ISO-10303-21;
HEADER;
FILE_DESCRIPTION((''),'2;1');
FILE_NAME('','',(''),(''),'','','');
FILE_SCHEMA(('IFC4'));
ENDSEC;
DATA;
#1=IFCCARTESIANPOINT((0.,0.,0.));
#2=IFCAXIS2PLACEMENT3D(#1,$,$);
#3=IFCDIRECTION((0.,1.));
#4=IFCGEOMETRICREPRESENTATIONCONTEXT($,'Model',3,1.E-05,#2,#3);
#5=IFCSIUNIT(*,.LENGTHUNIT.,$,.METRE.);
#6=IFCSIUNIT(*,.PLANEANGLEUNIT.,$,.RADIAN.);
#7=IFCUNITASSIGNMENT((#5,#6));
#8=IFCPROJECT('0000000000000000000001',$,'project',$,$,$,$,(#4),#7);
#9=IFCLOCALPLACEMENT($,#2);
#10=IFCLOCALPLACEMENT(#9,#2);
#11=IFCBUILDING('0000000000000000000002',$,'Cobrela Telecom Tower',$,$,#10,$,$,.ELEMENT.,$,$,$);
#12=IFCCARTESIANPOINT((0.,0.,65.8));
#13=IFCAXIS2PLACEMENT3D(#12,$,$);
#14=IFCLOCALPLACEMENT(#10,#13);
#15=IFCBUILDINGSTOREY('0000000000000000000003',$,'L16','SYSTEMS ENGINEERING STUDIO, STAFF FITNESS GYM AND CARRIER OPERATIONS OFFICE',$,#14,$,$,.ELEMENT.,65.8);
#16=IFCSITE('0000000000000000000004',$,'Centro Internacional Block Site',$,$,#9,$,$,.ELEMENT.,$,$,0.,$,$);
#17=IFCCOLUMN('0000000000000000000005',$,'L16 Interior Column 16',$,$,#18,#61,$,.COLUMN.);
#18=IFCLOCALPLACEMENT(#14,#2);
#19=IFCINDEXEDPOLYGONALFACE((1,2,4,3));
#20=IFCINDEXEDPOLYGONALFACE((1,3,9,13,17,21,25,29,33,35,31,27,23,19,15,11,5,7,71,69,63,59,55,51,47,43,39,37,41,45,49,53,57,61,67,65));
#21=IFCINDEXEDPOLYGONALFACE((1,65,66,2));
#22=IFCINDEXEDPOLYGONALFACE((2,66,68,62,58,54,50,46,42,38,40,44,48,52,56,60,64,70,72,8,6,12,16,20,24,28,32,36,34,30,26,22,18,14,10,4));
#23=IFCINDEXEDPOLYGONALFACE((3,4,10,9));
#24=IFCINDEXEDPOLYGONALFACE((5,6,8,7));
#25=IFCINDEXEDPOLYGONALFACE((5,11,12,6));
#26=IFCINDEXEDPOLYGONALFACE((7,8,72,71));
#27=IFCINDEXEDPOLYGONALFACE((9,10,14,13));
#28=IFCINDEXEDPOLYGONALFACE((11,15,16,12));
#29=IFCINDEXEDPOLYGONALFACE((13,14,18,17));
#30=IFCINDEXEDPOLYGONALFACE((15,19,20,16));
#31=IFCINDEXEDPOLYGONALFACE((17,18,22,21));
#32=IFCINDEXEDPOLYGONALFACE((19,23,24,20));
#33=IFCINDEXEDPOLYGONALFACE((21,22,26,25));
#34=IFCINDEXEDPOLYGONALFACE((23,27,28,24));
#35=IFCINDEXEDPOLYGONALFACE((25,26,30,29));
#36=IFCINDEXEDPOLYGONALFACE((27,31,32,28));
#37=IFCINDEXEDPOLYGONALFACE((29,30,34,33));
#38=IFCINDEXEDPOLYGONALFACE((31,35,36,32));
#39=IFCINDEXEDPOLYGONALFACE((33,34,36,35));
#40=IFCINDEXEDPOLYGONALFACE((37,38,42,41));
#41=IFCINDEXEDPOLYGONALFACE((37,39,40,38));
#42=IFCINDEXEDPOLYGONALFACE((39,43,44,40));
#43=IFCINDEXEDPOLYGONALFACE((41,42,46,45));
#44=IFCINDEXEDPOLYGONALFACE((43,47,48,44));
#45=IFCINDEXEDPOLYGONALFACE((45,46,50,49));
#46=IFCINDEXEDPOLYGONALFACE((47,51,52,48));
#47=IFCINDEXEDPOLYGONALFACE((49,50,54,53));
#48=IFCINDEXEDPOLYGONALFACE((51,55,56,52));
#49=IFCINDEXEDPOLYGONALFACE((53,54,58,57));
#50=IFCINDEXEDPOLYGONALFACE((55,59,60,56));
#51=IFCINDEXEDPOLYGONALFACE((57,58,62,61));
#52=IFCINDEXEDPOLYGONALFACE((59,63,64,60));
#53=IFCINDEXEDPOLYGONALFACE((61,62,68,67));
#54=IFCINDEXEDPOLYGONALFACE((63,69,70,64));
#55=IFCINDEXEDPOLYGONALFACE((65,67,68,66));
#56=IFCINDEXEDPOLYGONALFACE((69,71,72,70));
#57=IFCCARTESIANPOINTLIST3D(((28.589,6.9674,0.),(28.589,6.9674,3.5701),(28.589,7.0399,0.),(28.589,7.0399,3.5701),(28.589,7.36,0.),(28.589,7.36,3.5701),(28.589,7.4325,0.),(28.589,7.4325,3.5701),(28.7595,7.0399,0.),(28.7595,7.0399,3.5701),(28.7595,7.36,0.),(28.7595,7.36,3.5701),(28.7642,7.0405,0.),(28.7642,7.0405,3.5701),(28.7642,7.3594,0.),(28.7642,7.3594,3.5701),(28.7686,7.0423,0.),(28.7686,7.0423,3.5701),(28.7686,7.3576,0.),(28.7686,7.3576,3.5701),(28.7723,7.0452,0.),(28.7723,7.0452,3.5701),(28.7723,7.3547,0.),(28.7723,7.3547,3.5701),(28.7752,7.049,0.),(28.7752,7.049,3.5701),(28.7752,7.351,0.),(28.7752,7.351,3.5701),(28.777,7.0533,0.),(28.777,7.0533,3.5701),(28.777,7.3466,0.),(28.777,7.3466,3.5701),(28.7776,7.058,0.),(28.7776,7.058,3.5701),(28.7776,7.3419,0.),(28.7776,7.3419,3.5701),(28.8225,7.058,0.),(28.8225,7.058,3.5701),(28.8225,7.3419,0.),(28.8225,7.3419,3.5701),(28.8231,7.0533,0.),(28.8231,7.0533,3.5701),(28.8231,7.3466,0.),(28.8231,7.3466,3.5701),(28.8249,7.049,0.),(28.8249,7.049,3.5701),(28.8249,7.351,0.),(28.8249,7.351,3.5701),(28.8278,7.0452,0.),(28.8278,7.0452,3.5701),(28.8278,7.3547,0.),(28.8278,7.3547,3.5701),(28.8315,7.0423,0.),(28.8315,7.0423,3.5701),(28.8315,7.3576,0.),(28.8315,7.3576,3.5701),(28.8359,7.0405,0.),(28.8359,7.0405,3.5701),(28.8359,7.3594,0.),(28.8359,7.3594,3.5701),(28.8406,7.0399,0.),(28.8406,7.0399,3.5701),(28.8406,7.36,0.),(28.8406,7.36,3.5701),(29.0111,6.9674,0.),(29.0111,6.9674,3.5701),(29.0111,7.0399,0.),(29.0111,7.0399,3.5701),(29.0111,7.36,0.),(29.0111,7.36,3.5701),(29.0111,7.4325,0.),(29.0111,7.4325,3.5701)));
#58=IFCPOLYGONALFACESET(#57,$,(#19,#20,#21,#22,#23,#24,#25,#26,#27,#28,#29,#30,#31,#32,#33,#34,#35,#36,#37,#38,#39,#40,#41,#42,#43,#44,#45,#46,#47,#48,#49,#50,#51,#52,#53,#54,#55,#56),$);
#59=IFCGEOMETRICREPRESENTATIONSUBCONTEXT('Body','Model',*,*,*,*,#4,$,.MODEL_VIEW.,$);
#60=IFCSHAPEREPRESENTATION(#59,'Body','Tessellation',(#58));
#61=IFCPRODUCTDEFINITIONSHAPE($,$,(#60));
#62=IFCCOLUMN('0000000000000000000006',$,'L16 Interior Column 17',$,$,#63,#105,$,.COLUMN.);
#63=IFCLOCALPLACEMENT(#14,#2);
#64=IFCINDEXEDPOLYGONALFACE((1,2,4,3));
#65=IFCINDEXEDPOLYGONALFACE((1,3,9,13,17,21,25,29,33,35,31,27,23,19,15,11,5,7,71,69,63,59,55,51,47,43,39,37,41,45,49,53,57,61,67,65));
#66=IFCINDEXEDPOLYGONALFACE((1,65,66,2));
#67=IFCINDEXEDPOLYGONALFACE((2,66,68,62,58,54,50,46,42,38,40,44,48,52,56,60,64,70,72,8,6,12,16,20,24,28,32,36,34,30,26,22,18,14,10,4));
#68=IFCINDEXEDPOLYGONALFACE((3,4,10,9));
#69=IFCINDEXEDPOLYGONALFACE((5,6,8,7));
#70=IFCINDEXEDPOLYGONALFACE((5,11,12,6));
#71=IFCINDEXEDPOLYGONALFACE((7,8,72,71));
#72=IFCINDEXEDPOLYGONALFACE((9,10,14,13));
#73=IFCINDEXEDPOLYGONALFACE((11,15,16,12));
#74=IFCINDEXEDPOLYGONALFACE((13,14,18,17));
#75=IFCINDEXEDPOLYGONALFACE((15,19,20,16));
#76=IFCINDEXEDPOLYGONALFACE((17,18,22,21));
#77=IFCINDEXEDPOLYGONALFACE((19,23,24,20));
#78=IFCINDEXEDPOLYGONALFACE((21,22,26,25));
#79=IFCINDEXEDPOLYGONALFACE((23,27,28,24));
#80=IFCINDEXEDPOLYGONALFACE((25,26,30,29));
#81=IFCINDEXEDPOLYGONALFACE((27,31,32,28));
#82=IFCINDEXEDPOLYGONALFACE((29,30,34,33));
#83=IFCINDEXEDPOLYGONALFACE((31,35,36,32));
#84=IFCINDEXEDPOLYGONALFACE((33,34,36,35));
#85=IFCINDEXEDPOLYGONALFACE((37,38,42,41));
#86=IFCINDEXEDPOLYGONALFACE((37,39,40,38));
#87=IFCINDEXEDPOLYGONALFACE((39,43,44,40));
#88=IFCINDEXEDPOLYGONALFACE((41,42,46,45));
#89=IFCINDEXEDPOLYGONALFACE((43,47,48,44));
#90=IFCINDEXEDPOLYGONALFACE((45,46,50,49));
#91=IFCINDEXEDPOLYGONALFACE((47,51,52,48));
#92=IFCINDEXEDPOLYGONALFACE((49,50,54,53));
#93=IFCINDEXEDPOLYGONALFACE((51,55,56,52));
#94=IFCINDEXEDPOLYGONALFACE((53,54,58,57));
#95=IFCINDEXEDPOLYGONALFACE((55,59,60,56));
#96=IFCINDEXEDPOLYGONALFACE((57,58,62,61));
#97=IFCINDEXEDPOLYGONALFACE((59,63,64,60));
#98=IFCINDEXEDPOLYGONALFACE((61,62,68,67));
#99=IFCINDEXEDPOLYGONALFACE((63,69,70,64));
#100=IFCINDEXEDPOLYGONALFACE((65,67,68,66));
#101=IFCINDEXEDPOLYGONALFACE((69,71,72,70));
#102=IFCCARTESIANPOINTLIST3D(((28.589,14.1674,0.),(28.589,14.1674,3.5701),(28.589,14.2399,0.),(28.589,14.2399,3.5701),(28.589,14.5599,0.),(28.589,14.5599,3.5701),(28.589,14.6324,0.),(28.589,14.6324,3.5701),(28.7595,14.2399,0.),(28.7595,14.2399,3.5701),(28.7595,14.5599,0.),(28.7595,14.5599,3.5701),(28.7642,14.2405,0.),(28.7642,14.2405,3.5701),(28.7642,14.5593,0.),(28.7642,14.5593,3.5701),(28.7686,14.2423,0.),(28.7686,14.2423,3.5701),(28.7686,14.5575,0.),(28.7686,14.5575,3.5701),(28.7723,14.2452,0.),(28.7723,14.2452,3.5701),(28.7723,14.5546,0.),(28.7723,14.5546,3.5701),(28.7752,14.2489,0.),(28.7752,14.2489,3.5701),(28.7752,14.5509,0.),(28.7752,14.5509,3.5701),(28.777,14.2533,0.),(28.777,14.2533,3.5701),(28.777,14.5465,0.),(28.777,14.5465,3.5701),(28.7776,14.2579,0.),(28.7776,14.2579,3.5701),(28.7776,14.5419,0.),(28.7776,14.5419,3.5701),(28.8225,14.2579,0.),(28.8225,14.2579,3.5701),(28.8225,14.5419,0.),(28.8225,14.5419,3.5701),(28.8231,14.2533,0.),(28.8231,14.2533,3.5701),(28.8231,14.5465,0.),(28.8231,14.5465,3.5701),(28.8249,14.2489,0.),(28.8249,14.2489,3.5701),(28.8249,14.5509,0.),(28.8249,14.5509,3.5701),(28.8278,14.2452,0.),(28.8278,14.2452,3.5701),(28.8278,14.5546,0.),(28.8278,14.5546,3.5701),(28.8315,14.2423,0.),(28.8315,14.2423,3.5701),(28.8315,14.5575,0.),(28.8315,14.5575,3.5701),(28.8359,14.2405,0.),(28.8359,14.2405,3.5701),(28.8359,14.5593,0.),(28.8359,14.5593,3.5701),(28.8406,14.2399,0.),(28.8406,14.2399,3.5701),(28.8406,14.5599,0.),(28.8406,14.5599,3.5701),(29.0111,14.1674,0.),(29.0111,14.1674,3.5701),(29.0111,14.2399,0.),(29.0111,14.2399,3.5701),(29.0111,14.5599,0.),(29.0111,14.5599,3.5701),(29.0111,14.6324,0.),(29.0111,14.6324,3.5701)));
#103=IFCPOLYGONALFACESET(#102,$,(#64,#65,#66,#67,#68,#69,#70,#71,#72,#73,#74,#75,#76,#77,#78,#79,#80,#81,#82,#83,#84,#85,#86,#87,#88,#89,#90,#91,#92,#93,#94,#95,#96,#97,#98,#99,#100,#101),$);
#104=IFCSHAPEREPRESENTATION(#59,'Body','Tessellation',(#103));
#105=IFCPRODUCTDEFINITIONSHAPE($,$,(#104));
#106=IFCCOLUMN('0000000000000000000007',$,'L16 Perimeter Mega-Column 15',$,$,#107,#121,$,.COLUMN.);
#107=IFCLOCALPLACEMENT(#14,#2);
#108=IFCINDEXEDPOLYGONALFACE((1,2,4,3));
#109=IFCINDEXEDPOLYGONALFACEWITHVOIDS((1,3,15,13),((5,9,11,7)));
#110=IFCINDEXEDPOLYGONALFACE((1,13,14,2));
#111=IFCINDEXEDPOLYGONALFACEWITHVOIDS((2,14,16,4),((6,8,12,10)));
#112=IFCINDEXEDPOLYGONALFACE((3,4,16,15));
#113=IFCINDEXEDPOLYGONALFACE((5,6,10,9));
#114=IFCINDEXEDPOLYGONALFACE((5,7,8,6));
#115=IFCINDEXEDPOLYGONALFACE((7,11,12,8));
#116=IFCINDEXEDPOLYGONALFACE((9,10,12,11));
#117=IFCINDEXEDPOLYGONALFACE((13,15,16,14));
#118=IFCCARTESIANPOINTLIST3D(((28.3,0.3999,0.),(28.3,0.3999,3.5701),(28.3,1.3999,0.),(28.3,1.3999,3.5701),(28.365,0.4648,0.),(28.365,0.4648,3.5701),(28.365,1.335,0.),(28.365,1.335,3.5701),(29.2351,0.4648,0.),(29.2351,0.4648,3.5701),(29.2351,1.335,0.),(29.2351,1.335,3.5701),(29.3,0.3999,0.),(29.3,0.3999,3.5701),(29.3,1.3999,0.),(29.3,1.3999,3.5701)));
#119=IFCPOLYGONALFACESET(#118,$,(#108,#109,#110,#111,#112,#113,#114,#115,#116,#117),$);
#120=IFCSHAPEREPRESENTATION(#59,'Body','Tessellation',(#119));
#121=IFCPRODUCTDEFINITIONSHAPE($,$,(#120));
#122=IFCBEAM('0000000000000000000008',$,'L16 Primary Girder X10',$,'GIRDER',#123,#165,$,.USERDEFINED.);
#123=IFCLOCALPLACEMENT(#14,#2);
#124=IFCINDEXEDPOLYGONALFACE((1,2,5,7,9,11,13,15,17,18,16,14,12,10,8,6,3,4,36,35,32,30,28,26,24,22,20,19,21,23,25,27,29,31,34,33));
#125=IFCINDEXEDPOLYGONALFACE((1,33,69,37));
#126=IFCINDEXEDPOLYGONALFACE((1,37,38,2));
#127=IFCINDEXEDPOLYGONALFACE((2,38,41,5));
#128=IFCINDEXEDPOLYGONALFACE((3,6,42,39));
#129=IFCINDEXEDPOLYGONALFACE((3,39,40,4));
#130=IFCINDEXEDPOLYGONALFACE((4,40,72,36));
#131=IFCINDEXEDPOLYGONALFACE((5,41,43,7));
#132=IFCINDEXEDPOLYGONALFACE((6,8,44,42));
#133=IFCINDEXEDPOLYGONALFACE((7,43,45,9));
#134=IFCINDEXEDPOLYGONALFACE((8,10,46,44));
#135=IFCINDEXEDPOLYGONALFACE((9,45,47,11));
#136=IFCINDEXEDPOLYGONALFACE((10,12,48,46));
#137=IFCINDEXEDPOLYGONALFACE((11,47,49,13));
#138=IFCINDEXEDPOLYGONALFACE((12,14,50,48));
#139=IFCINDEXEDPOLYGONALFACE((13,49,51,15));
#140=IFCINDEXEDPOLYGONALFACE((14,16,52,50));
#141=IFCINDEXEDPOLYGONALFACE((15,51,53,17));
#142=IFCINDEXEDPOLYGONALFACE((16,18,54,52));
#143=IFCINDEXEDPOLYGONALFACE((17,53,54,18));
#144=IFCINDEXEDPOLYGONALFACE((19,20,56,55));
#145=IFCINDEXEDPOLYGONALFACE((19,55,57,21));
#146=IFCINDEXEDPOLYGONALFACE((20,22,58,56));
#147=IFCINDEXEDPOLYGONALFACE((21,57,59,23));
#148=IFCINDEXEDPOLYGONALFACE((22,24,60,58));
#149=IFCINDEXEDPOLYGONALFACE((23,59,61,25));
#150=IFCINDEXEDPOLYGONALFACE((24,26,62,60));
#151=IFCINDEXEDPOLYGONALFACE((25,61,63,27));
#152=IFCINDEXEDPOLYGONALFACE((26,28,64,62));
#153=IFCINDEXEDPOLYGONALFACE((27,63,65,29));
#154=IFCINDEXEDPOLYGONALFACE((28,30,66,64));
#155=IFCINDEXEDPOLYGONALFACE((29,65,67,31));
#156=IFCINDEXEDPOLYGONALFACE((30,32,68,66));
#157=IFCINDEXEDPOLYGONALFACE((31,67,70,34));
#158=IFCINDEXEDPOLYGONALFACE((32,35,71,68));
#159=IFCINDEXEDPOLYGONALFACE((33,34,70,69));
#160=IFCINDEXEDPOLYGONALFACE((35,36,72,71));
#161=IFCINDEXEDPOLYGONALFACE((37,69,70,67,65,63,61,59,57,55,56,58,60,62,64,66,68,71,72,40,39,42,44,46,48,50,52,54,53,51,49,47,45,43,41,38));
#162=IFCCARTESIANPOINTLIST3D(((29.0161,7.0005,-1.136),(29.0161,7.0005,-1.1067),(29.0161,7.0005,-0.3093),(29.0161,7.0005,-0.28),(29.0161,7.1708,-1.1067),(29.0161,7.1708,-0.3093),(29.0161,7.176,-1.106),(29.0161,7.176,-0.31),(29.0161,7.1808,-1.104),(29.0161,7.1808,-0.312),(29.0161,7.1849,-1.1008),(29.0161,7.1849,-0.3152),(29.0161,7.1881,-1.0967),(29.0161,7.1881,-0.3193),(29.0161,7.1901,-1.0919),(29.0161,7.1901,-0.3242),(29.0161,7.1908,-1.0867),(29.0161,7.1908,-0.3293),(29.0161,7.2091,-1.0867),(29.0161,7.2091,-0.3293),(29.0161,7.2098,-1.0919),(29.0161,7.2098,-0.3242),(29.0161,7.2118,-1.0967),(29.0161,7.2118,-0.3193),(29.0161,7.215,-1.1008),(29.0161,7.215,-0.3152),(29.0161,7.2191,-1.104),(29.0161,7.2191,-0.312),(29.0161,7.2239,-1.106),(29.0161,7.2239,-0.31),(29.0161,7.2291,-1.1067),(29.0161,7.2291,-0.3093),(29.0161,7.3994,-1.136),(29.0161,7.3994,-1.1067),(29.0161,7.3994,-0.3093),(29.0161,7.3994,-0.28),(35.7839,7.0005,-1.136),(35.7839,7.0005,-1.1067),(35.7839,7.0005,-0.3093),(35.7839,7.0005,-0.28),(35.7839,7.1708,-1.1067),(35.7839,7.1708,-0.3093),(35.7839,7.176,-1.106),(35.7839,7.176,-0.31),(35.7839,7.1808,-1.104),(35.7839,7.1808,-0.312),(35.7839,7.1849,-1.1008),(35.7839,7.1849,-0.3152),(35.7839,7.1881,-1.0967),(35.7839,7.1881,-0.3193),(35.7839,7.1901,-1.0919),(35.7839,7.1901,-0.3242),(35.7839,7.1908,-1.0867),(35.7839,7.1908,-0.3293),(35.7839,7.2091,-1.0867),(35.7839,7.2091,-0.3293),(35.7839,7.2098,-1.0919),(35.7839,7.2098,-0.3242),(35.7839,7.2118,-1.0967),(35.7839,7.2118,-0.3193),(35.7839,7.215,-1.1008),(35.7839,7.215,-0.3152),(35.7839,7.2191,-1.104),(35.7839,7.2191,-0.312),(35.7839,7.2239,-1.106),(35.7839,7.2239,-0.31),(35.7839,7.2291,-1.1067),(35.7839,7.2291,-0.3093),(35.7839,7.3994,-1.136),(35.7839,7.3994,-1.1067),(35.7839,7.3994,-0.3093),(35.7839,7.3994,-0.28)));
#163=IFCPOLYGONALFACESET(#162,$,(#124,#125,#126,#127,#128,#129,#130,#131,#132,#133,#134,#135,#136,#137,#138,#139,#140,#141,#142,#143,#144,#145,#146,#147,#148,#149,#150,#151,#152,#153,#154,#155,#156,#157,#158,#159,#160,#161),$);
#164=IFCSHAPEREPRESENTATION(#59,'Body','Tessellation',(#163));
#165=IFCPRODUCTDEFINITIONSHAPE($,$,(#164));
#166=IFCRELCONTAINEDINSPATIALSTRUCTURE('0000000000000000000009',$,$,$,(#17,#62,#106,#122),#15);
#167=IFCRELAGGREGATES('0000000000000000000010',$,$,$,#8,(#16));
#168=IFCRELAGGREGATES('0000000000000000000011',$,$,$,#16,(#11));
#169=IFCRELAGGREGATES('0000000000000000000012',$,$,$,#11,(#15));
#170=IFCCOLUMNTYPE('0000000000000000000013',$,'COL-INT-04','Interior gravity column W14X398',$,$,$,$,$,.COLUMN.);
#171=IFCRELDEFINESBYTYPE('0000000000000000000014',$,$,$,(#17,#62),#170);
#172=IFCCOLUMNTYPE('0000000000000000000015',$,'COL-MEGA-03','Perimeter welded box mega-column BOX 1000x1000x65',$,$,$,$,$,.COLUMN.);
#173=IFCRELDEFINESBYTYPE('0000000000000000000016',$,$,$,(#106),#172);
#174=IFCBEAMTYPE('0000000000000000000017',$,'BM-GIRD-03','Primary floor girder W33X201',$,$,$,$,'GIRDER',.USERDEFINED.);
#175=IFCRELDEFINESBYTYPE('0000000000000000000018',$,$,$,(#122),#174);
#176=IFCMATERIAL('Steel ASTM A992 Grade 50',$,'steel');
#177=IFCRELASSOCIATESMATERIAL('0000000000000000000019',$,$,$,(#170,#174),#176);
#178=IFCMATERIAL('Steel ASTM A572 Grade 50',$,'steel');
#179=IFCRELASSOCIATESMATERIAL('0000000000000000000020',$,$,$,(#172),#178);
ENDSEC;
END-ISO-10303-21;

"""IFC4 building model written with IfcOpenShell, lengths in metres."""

from ifc_helpers import new_model, si_unit, direction, frame, origin, origin_2d, place, context, subcontext, project, spatial, hollow_rectangle, i_section, extrude, material, material_profile, profile_set, type_object, element, save


model = new_model("IFC4")

# Units and contexts
model_context = context("Model", 3, precision=1e-05, world=origin(), true_north=direction((0.0, 1.0)))
body_context = subcontext(model_context, "Body", "Model", "MODEL_VIEW")
ifc_project = project(units=[si_unit("LENGTHUNIT", "METRE"), si_unit("PLANEANGLEUNIT", "RADIAN")], contexts=[model_context])

# Site, building, storey
site_placement = place(None, origin())
site = spatial("IfcSite", under=ifc_project, at=site_placement, Name="Centro Internacional Block Site", CompositionType="ELEMENT", RefElevation=0.0)
building_placement = place(site_placement, origin())
building = spatial("IfcBuilding", under=site, at=building_placement, Name="Cobrela Telecom Tower", CompositionType="ELEMENT")
storey_placement = place(building_placement, frame((0.0, 0.0, 65.8)))
storey = spatial("IfcBuildingStorey", under=building, at=storey_placement, Name="L16", Description="SYSTEMS ENGINEERING STUDIO, STAFF FITNESS GYM AND CARRIER OPERATIONS OFFICE", CompositionType="ELEMENT", Elevation=65.8)

# Columns
ifc_material_1 = material(Name="Steel ASTM A992 Grade 50", Category="steel")
ifc_material_profile_1 = material_profile(ifc_material_1, i_section(OverallWidth=0.4221, OverallDepth=0.4651, WebThickness=0.0449, FlangeThickness=0.0725, FilletRadius=0.0181, at=origin_2d()), Name="W14X398")
ifc_profile_set_1 = profile_set([ifc_material_profile_1], Name="Steel ASTM A992 Grade 50")
column_type_1 = type_object("IfcColumnType", Name="COL-INT-04", Description="Interior gravity column W14X398", PredefinedType="COLUMN", material=ifc_profile_set_1)
for number, where, z_axis, x_axis, name in (
    (1, (28.8, 7.2, 0.0), (0.0, 0.0, 1.0), (1.0, 0.0, 0.0), "L16 Interior Column 16"),
    (2, (28.8, 14.3999, 0.0), (0.0, 0.0, 1.0), (1.0, 0.0, 0.0), "L16 Interior Column 17"),
):
    element("IfcColumn", number, at=place(storey_placement, frame(where, z_axis=z_axis, x_axis=x_axis)), inside=storey, type_object=column_type_1, Name=name, PredefinedType="COLUMN", context=body_context, shape_type="SweptSolid", body=[
        extrude(i_section(OverallWidth=0.4221, OverallDepth=0.4651, WebThickness=0.0449, FlangeThickness=0.0725, FilletRadius=0.0181, at=origin_2d()), origin(), (0.0, 0.0, 1.0), 3.5701),
    ])
ifc_material_2 = material(Name="Steel ASTM A572 Grade 50", Category="steel")
ifc_material_profile_2 = material_profile(ifc_material_2, hollow_rectangle(XDim=1.0, YDim=1.0, WallThickness=0.0649, at=origin_2d()), Name="BOX 1000x1000x65")
ifc_profile_set_2 = profile_set([ifc_material_profile_2], Name="Steel ASTM A572 Grade 50")
column_type_2 = type_object("IfcColumnType", Name="COL-MEGA-03", Description="Perimeter welded box mega-column BOX 1000x1000x65", PredefinedType="COLUMN", material=ifc_profile_set_2)
column_placement = place(storey_placement, frame((28.8, 0.8999, 0.0), z_axis=(0.0, 0.0, 1.0), x_axis=(1.0, 0.0, 0.0)))
element("IfcColumn", 3, at=column_placement, inside=storey, type_object=column_type_2, Name="L16 Perimeter Mega-Column 15", PredefinedType="COLUMN", context=body_context, shape_type="SweptSolid", body=[
    extrude(hollow_rectangle(XDim=1.0, YDim=1.0, WallThickness=0.0649, at=origin_2d()), origin(), (0.0, 0.0, 1.0), 3.5701),
])

# Beam
ifc_material_profile_3 = material_profile(ifc_material_1, i_section(OverallWidth=0.3989, OverallDepth=0.856, WebThickness=0.0183, FlangeThickness=0.0293, FilletRadius=0.02, at=origin_2d()), Name="W33X201")
ifc_profile_set_3 = profile_set([ifc_material_profile_3], Name="Steel ASTM A992 Grade 50")
beam_type_1 = type_object("IfcBeamType", Name="BM-GIRD-03", Description="Primary floor girder W33X201", ElementType="GIRDER", PredefinedType="USERDEFINED", material=ifc_profile_set_3)
for number, where, z_axis, x_axis, name in (
    (4, (29.0161, 7.2, -0.708), (1.0, 0.0, 0.0), (0.0, 1.0, 0.0), "L16 Primary Girder X10"),
):
    element("IfcBeam", number, at=place(storey_placement, frame(where, z_axis=z_axis, x_axis=x_axis)), inside=storey, type_object=beam_type_1, Name=name, ObjectType="GIRDER", PredefinedType="USERDEFINED", context=body_context, shape_type="SweptSolid", body=[
        extrude(i_section(OverallWidth=0.3989, OverallDepth=0.856, WebThickness=0.0183, FlangeThickness=0.0293, FilletRadius=0.02, at=origin_2d()), origin(), (0.0, 0.0, 1.0), 6.7678),
    ])

save(model, "model.ifc")
